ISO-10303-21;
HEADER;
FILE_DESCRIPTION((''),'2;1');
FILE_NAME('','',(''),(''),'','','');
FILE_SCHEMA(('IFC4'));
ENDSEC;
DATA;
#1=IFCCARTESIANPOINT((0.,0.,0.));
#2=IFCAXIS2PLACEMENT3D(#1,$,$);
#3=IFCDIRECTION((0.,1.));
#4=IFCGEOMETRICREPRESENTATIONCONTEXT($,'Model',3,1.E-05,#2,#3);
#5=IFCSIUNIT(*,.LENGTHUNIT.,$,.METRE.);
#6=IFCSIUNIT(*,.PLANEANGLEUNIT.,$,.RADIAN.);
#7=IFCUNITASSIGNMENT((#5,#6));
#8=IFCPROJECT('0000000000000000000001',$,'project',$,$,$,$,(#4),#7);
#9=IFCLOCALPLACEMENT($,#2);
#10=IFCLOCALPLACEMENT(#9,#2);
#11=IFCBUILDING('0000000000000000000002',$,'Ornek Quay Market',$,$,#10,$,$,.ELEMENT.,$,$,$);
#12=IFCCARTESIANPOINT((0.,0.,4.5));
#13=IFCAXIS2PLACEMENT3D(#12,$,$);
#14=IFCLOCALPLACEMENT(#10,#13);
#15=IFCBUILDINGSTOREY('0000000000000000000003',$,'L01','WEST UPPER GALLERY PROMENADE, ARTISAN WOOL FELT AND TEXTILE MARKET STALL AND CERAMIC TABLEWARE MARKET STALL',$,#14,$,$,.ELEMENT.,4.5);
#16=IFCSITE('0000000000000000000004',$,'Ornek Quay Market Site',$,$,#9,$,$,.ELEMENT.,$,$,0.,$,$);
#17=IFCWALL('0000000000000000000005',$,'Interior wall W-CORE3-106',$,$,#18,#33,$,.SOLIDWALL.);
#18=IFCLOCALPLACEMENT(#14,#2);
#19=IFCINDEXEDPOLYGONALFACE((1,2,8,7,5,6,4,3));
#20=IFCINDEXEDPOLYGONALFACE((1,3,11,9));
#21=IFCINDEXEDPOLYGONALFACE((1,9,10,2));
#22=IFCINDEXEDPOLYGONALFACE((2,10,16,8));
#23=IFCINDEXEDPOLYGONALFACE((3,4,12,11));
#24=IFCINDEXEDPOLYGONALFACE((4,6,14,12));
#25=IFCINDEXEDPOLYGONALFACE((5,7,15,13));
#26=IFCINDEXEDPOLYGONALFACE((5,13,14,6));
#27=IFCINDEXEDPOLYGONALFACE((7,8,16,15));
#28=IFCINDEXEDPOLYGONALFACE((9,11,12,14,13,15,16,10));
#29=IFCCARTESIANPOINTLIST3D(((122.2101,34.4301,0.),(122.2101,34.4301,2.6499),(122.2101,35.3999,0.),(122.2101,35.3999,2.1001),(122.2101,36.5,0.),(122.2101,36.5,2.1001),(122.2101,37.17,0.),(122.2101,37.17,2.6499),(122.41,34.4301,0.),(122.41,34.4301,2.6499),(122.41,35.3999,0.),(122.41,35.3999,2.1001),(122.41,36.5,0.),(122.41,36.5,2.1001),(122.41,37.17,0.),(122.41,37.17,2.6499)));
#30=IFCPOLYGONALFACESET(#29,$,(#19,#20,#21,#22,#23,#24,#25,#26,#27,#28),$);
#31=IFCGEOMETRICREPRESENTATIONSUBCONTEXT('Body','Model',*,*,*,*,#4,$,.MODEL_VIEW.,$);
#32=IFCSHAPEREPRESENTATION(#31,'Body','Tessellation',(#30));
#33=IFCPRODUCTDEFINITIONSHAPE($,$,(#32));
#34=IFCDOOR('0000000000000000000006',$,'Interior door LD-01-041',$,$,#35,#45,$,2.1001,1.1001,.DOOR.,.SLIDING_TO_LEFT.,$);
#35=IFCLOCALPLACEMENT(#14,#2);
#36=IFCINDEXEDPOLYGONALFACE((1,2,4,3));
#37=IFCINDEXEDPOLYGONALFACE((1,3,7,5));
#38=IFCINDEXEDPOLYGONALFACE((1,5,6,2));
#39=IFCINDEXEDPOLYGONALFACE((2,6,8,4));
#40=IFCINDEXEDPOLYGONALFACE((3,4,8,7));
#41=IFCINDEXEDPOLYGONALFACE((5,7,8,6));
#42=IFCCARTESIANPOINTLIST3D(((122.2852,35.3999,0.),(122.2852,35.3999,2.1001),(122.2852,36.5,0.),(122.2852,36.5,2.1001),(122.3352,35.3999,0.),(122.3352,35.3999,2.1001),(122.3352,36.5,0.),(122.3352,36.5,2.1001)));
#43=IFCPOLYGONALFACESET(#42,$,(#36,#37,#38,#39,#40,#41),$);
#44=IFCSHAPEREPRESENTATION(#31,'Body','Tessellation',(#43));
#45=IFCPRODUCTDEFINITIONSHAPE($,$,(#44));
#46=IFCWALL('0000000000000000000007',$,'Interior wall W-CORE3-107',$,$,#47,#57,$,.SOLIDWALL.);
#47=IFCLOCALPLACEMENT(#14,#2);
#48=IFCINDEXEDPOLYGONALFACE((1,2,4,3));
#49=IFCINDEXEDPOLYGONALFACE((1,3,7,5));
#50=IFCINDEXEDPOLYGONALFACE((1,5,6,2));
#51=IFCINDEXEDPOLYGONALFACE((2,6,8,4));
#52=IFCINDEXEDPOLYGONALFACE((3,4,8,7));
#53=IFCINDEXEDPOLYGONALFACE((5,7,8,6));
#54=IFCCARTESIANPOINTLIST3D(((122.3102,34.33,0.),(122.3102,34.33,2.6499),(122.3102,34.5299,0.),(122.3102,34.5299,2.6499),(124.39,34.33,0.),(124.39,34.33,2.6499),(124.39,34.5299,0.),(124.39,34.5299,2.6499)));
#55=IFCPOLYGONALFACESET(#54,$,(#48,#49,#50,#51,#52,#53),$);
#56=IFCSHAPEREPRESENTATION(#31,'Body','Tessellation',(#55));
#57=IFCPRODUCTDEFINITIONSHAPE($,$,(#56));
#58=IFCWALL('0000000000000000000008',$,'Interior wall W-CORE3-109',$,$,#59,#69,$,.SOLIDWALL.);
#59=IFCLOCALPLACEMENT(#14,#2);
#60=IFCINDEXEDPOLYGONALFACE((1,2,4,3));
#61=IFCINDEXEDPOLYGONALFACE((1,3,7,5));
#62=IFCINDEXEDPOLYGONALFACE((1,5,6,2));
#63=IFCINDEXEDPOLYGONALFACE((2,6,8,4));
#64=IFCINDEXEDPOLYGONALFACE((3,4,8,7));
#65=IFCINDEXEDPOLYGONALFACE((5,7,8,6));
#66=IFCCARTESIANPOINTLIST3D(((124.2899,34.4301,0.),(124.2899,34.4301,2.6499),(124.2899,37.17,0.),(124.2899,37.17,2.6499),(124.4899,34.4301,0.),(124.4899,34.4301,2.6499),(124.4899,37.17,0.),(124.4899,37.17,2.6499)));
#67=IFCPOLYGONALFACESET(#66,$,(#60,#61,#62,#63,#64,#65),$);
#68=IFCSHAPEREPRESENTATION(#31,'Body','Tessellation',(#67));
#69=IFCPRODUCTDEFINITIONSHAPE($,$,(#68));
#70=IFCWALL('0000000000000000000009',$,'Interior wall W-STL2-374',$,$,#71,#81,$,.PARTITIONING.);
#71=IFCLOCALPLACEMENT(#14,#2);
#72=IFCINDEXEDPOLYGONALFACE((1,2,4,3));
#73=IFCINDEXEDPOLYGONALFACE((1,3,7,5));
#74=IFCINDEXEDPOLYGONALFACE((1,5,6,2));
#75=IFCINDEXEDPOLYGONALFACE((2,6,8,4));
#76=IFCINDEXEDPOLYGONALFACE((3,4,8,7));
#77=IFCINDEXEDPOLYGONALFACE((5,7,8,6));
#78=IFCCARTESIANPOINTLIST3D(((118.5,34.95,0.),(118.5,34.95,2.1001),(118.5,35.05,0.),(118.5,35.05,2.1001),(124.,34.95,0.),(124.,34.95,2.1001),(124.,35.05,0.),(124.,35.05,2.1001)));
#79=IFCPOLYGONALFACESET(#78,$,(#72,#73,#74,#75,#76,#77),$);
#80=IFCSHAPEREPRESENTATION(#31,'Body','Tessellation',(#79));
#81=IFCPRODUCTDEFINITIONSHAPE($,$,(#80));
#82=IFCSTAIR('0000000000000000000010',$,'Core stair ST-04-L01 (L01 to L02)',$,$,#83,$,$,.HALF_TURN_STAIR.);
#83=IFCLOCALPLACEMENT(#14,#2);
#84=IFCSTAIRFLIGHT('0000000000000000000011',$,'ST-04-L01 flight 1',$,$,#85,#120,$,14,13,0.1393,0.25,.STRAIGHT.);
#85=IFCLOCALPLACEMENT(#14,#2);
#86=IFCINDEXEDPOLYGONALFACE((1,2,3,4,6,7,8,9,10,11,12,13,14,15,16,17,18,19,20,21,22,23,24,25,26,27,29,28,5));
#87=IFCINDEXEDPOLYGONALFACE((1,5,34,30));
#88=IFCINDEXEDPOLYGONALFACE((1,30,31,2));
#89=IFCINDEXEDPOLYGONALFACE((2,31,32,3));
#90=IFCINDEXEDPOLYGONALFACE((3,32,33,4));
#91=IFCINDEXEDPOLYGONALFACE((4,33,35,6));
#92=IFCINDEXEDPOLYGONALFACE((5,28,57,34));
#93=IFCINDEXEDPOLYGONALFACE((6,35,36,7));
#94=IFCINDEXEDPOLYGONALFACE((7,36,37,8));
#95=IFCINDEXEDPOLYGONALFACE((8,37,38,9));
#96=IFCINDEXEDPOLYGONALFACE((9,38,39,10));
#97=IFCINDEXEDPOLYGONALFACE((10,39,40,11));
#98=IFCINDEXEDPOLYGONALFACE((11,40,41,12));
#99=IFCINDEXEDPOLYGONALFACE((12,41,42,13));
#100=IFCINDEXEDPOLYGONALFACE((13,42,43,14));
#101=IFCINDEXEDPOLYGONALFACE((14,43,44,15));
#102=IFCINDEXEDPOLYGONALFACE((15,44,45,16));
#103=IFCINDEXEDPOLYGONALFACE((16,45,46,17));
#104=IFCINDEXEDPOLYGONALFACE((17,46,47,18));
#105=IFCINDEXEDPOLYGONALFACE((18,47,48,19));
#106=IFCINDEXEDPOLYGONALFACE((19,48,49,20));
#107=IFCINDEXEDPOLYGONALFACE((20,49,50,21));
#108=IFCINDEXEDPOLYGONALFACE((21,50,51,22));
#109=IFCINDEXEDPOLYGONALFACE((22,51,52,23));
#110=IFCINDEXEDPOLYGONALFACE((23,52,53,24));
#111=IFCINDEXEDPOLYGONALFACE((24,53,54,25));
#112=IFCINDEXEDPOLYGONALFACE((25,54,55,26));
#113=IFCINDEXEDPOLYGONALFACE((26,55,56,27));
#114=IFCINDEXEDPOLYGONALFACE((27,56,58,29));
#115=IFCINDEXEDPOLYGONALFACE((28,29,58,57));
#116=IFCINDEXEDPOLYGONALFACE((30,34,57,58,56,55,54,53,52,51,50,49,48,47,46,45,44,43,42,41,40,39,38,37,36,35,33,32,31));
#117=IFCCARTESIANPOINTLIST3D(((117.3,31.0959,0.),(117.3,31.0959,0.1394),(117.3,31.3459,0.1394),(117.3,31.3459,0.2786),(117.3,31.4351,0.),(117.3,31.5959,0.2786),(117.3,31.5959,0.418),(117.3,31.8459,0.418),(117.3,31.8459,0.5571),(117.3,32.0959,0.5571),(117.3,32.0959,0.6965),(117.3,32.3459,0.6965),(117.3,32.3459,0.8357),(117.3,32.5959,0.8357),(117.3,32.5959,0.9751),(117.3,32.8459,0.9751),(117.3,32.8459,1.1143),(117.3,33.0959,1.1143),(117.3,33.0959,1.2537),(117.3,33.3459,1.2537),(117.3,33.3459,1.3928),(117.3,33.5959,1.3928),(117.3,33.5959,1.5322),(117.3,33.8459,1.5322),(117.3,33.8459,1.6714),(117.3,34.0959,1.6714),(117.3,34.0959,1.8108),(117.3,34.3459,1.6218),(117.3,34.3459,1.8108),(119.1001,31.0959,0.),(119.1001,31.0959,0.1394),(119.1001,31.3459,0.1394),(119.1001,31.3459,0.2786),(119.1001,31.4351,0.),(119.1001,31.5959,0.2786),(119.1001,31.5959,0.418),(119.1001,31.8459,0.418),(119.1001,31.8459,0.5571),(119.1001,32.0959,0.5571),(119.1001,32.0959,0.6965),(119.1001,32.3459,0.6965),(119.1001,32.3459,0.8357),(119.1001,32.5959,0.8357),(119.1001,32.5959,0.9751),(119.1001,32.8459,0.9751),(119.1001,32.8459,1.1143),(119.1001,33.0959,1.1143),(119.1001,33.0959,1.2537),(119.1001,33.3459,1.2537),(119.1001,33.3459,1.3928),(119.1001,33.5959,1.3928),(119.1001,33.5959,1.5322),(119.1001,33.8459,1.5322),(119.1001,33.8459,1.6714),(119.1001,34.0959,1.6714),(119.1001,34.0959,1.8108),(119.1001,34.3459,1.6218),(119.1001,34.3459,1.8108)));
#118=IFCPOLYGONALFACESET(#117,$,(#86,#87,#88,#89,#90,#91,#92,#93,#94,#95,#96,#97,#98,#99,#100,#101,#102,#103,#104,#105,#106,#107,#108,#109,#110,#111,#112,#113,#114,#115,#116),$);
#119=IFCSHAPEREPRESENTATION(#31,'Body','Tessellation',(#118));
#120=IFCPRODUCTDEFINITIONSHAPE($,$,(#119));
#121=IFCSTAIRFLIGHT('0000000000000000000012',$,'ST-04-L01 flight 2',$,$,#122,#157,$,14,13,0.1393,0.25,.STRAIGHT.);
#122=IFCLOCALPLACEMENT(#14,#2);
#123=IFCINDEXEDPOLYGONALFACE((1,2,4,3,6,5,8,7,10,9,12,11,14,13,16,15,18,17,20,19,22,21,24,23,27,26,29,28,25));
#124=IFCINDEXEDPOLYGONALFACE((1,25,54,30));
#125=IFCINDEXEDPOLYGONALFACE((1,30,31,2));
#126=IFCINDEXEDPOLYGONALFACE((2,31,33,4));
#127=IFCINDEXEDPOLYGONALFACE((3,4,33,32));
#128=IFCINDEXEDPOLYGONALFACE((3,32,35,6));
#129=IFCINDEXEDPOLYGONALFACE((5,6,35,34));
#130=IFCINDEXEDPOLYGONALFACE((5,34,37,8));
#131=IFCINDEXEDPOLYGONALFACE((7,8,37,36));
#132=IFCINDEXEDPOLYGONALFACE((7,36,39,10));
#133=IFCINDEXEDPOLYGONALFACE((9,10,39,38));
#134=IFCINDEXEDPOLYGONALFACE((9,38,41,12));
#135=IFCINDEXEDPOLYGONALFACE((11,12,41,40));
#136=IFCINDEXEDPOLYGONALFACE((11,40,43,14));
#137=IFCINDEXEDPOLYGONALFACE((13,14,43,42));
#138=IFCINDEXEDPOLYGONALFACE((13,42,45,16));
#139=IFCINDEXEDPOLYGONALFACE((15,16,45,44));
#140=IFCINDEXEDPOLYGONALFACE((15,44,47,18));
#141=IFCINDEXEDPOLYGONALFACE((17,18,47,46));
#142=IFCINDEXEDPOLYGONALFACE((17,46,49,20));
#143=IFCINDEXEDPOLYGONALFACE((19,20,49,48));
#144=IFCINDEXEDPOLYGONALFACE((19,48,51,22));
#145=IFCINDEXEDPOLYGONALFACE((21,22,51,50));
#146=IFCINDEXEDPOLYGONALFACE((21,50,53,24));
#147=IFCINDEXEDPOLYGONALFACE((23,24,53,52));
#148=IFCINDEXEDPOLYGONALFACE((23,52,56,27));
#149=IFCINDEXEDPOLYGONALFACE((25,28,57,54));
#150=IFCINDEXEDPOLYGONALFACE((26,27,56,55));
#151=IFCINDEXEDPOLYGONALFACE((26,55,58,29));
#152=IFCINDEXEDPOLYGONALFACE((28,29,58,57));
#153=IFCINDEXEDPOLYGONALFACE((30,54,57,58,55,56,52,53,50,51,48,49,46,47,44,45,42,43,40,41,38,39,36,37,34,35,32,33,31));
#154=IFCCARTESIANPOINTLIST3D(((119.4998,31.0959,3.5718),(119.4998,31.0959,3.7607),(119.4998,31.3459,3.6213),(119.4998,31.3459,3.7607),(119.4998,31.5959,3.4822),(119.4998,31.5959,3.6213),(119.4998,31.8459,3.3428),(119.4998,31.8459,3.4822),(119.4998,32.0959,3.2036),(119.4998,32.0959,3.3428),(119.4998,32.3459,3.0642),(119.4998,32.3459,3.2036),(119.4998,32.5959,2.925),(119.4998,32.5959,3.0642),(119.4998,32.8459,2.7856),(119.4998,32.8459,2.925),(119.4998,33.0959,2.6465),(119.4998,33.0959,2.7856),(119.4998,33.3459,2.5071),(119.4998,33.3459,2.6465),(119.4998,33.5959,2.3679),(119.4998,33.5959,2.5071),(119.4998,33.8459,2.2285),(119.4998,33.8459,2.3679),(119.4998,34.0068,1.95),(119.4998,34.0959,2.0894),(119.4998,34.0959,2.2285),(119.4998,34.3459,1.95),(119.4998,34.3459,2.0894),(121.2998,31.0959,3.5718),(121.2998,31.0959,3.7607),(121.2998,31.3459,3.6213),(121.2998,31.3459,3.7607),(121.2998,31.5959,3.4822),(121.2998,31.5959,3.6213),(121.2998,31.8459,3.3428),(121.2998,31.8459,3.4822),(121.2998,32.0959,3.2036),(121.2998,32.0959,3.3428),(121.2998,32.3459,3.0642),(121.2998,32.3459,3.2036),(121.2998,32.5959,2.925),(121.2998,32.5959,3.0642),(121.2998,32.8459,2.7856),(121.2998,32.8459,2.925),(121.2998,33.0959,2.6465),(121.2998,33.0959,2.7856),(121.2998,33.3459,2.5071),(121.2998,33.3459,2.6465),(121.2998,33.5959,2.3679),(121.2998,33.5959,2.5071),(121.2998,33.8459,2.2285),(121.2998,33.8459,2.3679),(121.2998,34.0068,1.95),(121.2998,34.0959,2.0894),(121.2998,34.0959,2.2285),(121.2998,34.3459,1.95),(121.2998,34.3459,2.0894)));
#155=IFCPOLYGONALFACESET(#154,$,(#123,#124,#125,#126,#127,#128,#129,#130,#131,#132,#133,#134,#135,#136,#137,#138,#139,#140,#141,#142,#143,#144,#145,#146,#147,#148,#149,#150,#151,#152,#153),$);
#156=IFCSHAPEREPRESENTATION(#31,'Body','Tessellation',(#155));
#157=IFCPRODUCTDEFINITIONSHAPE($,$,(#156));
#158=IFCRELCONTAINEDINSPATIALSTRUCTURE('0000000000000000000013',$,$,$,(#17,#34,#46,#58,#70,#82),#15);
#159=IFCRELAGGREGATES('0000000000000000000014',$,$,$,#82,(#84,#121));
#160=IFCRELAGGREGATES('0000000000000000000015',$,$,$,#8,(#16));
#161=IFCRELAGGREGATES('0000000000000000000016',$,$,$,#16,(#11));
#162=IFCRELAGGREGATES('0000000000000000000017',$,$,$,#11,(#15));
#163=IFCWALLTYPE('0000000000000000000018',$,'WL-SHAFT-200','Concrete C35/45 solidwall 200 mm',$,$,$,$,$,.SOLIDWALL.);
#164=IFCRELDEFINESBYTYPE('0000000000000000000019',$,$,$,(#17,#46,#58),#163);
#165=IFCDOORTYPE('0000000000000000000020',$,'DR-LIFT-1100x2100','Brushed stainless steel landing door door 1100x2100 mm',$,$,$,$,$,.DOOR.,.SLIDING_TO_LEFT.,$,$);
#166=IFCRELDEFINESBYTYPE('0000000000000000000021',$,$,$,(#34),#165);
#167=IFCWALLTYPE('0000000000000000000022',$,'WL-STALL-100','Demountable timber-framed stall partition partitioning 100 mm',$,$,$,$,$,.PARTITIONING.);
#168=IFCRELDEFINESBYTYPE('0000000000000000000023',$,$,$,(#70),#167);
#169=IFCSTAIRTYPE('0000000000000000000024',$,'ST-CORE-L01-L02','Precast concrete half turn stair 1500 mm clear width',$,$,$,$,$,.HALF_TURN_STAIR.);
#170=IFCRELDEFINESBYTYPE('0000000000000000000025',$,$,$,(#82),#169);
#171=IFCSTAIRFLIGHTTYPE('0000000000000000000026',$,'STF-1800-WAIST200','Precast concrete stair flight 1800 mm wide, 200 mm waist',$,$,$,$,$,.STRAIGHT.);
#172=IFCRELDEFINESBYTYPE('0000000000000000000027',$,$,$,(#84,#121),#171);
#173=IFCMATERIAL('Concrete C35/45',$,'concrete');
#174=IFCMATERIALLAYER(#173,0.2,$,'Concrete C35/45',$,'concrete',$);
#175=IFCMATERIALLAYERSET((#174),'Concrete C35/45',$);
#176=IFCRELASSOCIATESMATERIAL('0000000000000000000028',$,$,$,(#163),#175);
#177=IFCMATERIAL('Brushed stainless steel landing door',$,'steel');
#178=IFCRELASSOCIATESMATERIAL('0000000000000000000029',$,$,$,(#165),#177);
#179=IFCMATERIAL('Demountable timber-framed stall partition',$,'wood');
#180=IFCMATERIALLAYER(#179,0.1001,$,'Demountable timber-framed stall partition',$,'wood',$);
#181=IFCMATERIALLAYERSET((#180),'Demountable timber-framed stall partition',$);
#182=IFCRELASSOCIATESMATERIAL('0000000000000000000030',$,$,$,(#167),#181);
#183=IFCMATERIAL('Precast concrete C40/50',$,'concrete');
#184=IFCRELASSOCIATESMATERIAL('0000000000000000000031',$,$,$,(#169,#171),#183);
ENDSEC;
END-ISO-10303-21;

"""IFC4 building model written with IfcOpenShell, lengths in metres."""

from ifc_helpers import new_model, si_unit, direction, frame, frame_2d, origin, place, context, subcontext, project, spatial, polyline, rectangle, outline, extrude, material, layer, layer_set, type_object, element, fill, aggregate, save


model = new_model("IFC4")

# Units and contexts
model_context = context("Model", 3, precision=1e-05, world=origin(), true_north=direction((0.0, 1.0)))
body_context = subcontext(model_context, "Body", "Model", "MODEL_VIEW")
ifc_project = project(units=[si_unit("LENGTHUNIT", "METRE"), si_unit("PLANEANGLEUNIT", "RADIAN")], contexts=[model_context])

# Site, building, storey
site_placement = place(None, origin())
site = spatial("IfcSite", under=ifc_project, at=site_placement, Name="Ornek Quay Market Site", CompositionType="ELEMENT", RefElevation=0.0)
building_placement = place(site_placement, origin())
building = spatial("IfcBuilding", under=site, at=building_placement, Name="Ornek Quay Market", CompositionType="ELEMENT")
storey_placement = place(building_placement, frame((0.0, 0.0, 4.5)))
storey = spatial("IfcBuildingStorey", under=building, at=storey_placement, Name="L01", Description="WEST UPPER GALLERY PROMENADE, ARTISAN WOOL FELT AND TEXTILE MARKET STALL AND CERAMIC TABLEWARE MARKET STALL", CompositionType="ELEMENT", Elevation=4.5)

# Shared definitions
ifc_material_1 = material(Name="Concrete C35/45", Category="concrete")
ifc_layer_1 = layer(ifc_material_1, 0.2, Name="Concrete C35/45", Category="concrete")
ifc_layer_set_1 = layer_set([ifc_layer_1], Name="Concrete C35/45")
wall_type_1 = type_object("IfcWallType", Name="WL-SHAFT-200", Description="Concrete C35/45 solidwall 200 mm", PredefinedType="SOLIDWALL", material=ifc_layer_set_1)

# Wall, opening, door
wall_1_placement = place(storey_placement, frame((122.3101, 34.4299, 0.0), z_axis=(0.0, 0.0, 1.0), x_axis=(0.0, 1.0, 0.0)))
wall_1 = element("IfcWall", 1, at=wall_1_placement, inside=storey, type_object=wall_type_1, Name="Interior wall W-CORE3-106", PredefinedType="SOLIDWALL", context=body_context, shape_type="SweptSolid", body=[
    extrude(rectangle(XDim=2.74, YDim=0.2, at=frame_2d((1.3701, 0.0))), origin(), (0.0, 0.0, 1.0), 2.6499),
])
opening_1_placement = place(wall_1_placement, frame((0.97, 0.0, 0.0)))
opening_1 = element("IfcOpeningElement", 2, at=opening_1_placement, cuts=wall_1, PredefinedType="OPENING", context=body_context, shape_type="SweptSolid", body=[
    extrude(rectangle(XDim=1.1001, YDim=2.1001, at=frame_2d((0.55, 1.05))), frame((0.0, 0.1099, 0.0), z_axis=(0.0, -1.0, 0.0), x_axis=(1.0, 0.0, 0.0)), (0.0, 0.0, 1.0), 0.22),
])
ifc_material_2 = material(Name="Brushed stainless steel landing door", Category="steel")
door_type_1 = type_object("IfcDoorType", Name="DR-LIFT-1100x2100", Description="Brushed stainless steel landing door door 1100x2100 mm", OperationType="SLIDING_TO_LEFT", PredefinedType="DOOR", material=ifc_material_2)
door_1_placement = place(opening_1_placement, origin())
door_1 = element("IfcDoor", 3, at=door_1_placement, inside=storey, type_object=door_type_1, Name="Interior door LD-01-041", OperationType="SLIDING_TO_LEFT", OverallHeight=2.1001, OverallWidth=1.1001, PredefinedType="DOOR", context=body_context, shape_type="SweptSolid", body=[
    extrude(rectangle(XDim=1.1001, YDim=2.1001, at=frame_2d((0.55, 1.05))), frame((0.0, 0.0249, 0.0), z_axis=(0.0, -1.0, 0.0), x_axis=(1.0, 0.0, 0.0)), (0.0, 0.0, 1.0), 0.05),
])
fill(opening_1, door_1)

# Walls
wall_2_placement = place(storey_placement, frame((122.3101, 34.4299, 0.0), z_axis=(0.0, 0.0, 1.0), x_axis=(1.0, 0.0, 0.0)))
element("IfcWall", 4, at=wall_2_placement, inside=storey, type_object=wall_type_1, Name="Interior wall W-CORE3-107", PredefinedType="SOLIDWALL", context=body_context, shape_type="SweptSolid", body=[
    extrude(rectangle(XDim=2.0798, YDim=0.2, at=frame_2d((1.04, 0.0))), origin(), (0.0, 0.0, 1.0), 2.6499),
])
wall_3_placement = place(storey_placement, frame((124.3899, 34.4299, 0.0), z_axis=(0.0, 0.0, 1.0), x_axis=(0.0, 1.0, 0.0)))
element("IfcWall", 5, at=wall_3_placement, inside=storey, type_object=wall_type_1, Name="Interior wall W-CORE3-109", PredefinedType="SOLIDWALL", context=body_context, shape_type="SweptSolid", body=[
    extrude(rectangle(XDim=2.74, YDim=0.2, at=frame_2d((1.3701, 0.0))), origin(), (0.0, 0.0, 1.0), 2.6499),
])
ifc_material_3 = material(Name="Demountable timber-framed stall partition", Category="wood")
ifc_layer_2 = layer(ifc_material_3, 0.1001, Name="Demountable timber-framed stall partition", Category="wood")
ifc_layer_set_2 = layer_set([ifc_layer_2], Name="Demountable timber-framed stall partition")
wall_type_2 = type_object("IfcWallType", Name="WL-STALL-100", Description="Demountable timber-framed stall partition partitioning 100 mm", PredefinedType="PARTITIONING", material=ifc_layer_set_2)
wall_4_placement = place(storey_placement, frame((118.5, 35.0, 0.0), z_axis=(0.0, 0.0, 1.0), x_axis=(1.0, 0.0, 0.0)))
element("IfcWall", 6, at=wall_4_placement, inside=storey, type_object=wall_type_2, Name="Interior wall W-STL2-374", PredefinedType="PARTITIONING", context=body_context, shape_type="SweptSolid", body=[
    extrude(rectangle(XDim=5.5, YDim=0.1001, at=frame_2d((2.75, 0.0))), origin(), (0.0, 0.0, 1.0), 2.1001),
])

# Stair, stair flights
ifc_material_4 = material(Name="Precast concrete C40/50", Category="concrete")
stair_type = type_object("IfcStairType", Name="ST-CORE-L01-L02", Description="Precast concrete half turn stair 1500 mm clear width", PredefinedType="HALF_TURN_STAIR", material=ifc_material_4)
stair_placement = place(storey_placement, origin())
stair = element("IfcStair", 7, at=stair_placement, inside=storey, type_object=stair_type, Name="Core stair ST-04-L01 (L01 to L02)", PredefinedType="HALF_TURN_STAIR")
stair_flight_type = type_object("IfcStairFlightType", Name="STF-1800-WAIST200", Description="Precast concrete stair flight 1800 mm wide, 200 mm waist", PredefinedType="STRAIGHT", material=ifc_material_4)
stair_flight_1_placement = place(storey_placement, frame((118.2, 31.0959, 0.0), z_axis=(0.0, 0.0, 1.0), x_axis=(0.0, 1.0, 0.0)))
stair_flight_1 = element("IfcStairFlight", 8, at=stair_flight_1_placement, type_object=stair_flight_type, Name="ST-04-L01 flight 1", NumberOfRisers=14, NumberOfTreads=13, PredefinedType="STRAIGHT", RiserHeight=0.1393, TreadLength=0.25, context=body_context, shape_type="SweptSolid", body=[
    extrude(outline(polyline([(0.0, 0.0), (0.0, 0.1394), (0.25, 0.1394), (0.25, 0.2786), (0.5, 0.2786), (0.5, 0.418), (0.75, 0.418), (0.75, 0.5571), (1.0, 0.5571), (1.0, 0.6965), (1.25, 0.6965), (1.25, 0.8357), (1.5, 0.8357), (1.5, 0.9751), (1.75, 0.9751), (1.75, 1.1143), (2.0, 1.1143), (2.0, 1.2537), (2.25, 1.2537), (2.25, 1.3928), (2.5, 1.3928), (2.5, 1.5322), (2.75, 1.5322), (2.75, 1.6714), (3.0, 1.6714), (3.0, 1.8108), (3.25, 1.8108), (3.25, 1.95), (3.25, 1.6218), (0.3391, 0.0), (0.0, 0.0)])), frame((0.0, 0.8999, 0.0), z_axis=(0.0, -1.0, 0.0), x_axis=(1.0, 0.0, 0.0)), (0.0, 0.0, 1.0), 1.8),
])
stair_flight_2_placement = place(storey_placement, frame((120.3999, 34.3459, 1.95), z_axis=(0.0, 0.0, 1.0), x_axis=(0.0, -1.0, 0.0)))
stair_flight_2 = element("IfcStairFlight", 9, at=stair_flight_2_placement, type_object=stair_flight_type, Name="ST-04-L01 flight 2", NumberOfRisers=14, NumberOfTreads=13, PredefinedType="STRAIGHT", RiserHeight=0.1393, TreadLength=0.25, context=body_context, shape_type="SweptSolid", body=[
    extrude(outline(polyline([(0.0, 0.0), (0.0, 0.1394), (0.25, 0.1394), (0.25, 0.2786), (0.5, 0.2786), (0.5, 0.418), (0.75, 0.418), (0.75, 0.5571), (1.0, 0.5571), (1.0, 0.6965), (1.25, 0.6965), (1.25, 0.8357), (1.5, 0.8357), (1.5, 0.9751), (1.75, 0.9751), (1.75, 1.1143), (2.0, 1.1143), (2.0, 1.2537), (2.25, 1.2537), (2.25, 1.3928), (2.5, 1.3928), (2.5, 1.5322), (2.75, 1.5322), (2.75, 1.6714), (3.0, 1.6714), (3.0, 1.8108), (3.25, 1.8108), (3.25, 1.95), (3.25, 1.6218), (0.3391, 0.0), (0.0, 0.0)])), frame((0.0, 0.8999, 0.0), z_axis=(0.0, -1.0, 0.0), x_axis=(1.0, 0.0, 0.0)), (0.0, 0.0, 1.0), 1.8),
])
aggregate(stair, [stair_flight_1, stair_flight_2])

save(model, "model.ifc")
